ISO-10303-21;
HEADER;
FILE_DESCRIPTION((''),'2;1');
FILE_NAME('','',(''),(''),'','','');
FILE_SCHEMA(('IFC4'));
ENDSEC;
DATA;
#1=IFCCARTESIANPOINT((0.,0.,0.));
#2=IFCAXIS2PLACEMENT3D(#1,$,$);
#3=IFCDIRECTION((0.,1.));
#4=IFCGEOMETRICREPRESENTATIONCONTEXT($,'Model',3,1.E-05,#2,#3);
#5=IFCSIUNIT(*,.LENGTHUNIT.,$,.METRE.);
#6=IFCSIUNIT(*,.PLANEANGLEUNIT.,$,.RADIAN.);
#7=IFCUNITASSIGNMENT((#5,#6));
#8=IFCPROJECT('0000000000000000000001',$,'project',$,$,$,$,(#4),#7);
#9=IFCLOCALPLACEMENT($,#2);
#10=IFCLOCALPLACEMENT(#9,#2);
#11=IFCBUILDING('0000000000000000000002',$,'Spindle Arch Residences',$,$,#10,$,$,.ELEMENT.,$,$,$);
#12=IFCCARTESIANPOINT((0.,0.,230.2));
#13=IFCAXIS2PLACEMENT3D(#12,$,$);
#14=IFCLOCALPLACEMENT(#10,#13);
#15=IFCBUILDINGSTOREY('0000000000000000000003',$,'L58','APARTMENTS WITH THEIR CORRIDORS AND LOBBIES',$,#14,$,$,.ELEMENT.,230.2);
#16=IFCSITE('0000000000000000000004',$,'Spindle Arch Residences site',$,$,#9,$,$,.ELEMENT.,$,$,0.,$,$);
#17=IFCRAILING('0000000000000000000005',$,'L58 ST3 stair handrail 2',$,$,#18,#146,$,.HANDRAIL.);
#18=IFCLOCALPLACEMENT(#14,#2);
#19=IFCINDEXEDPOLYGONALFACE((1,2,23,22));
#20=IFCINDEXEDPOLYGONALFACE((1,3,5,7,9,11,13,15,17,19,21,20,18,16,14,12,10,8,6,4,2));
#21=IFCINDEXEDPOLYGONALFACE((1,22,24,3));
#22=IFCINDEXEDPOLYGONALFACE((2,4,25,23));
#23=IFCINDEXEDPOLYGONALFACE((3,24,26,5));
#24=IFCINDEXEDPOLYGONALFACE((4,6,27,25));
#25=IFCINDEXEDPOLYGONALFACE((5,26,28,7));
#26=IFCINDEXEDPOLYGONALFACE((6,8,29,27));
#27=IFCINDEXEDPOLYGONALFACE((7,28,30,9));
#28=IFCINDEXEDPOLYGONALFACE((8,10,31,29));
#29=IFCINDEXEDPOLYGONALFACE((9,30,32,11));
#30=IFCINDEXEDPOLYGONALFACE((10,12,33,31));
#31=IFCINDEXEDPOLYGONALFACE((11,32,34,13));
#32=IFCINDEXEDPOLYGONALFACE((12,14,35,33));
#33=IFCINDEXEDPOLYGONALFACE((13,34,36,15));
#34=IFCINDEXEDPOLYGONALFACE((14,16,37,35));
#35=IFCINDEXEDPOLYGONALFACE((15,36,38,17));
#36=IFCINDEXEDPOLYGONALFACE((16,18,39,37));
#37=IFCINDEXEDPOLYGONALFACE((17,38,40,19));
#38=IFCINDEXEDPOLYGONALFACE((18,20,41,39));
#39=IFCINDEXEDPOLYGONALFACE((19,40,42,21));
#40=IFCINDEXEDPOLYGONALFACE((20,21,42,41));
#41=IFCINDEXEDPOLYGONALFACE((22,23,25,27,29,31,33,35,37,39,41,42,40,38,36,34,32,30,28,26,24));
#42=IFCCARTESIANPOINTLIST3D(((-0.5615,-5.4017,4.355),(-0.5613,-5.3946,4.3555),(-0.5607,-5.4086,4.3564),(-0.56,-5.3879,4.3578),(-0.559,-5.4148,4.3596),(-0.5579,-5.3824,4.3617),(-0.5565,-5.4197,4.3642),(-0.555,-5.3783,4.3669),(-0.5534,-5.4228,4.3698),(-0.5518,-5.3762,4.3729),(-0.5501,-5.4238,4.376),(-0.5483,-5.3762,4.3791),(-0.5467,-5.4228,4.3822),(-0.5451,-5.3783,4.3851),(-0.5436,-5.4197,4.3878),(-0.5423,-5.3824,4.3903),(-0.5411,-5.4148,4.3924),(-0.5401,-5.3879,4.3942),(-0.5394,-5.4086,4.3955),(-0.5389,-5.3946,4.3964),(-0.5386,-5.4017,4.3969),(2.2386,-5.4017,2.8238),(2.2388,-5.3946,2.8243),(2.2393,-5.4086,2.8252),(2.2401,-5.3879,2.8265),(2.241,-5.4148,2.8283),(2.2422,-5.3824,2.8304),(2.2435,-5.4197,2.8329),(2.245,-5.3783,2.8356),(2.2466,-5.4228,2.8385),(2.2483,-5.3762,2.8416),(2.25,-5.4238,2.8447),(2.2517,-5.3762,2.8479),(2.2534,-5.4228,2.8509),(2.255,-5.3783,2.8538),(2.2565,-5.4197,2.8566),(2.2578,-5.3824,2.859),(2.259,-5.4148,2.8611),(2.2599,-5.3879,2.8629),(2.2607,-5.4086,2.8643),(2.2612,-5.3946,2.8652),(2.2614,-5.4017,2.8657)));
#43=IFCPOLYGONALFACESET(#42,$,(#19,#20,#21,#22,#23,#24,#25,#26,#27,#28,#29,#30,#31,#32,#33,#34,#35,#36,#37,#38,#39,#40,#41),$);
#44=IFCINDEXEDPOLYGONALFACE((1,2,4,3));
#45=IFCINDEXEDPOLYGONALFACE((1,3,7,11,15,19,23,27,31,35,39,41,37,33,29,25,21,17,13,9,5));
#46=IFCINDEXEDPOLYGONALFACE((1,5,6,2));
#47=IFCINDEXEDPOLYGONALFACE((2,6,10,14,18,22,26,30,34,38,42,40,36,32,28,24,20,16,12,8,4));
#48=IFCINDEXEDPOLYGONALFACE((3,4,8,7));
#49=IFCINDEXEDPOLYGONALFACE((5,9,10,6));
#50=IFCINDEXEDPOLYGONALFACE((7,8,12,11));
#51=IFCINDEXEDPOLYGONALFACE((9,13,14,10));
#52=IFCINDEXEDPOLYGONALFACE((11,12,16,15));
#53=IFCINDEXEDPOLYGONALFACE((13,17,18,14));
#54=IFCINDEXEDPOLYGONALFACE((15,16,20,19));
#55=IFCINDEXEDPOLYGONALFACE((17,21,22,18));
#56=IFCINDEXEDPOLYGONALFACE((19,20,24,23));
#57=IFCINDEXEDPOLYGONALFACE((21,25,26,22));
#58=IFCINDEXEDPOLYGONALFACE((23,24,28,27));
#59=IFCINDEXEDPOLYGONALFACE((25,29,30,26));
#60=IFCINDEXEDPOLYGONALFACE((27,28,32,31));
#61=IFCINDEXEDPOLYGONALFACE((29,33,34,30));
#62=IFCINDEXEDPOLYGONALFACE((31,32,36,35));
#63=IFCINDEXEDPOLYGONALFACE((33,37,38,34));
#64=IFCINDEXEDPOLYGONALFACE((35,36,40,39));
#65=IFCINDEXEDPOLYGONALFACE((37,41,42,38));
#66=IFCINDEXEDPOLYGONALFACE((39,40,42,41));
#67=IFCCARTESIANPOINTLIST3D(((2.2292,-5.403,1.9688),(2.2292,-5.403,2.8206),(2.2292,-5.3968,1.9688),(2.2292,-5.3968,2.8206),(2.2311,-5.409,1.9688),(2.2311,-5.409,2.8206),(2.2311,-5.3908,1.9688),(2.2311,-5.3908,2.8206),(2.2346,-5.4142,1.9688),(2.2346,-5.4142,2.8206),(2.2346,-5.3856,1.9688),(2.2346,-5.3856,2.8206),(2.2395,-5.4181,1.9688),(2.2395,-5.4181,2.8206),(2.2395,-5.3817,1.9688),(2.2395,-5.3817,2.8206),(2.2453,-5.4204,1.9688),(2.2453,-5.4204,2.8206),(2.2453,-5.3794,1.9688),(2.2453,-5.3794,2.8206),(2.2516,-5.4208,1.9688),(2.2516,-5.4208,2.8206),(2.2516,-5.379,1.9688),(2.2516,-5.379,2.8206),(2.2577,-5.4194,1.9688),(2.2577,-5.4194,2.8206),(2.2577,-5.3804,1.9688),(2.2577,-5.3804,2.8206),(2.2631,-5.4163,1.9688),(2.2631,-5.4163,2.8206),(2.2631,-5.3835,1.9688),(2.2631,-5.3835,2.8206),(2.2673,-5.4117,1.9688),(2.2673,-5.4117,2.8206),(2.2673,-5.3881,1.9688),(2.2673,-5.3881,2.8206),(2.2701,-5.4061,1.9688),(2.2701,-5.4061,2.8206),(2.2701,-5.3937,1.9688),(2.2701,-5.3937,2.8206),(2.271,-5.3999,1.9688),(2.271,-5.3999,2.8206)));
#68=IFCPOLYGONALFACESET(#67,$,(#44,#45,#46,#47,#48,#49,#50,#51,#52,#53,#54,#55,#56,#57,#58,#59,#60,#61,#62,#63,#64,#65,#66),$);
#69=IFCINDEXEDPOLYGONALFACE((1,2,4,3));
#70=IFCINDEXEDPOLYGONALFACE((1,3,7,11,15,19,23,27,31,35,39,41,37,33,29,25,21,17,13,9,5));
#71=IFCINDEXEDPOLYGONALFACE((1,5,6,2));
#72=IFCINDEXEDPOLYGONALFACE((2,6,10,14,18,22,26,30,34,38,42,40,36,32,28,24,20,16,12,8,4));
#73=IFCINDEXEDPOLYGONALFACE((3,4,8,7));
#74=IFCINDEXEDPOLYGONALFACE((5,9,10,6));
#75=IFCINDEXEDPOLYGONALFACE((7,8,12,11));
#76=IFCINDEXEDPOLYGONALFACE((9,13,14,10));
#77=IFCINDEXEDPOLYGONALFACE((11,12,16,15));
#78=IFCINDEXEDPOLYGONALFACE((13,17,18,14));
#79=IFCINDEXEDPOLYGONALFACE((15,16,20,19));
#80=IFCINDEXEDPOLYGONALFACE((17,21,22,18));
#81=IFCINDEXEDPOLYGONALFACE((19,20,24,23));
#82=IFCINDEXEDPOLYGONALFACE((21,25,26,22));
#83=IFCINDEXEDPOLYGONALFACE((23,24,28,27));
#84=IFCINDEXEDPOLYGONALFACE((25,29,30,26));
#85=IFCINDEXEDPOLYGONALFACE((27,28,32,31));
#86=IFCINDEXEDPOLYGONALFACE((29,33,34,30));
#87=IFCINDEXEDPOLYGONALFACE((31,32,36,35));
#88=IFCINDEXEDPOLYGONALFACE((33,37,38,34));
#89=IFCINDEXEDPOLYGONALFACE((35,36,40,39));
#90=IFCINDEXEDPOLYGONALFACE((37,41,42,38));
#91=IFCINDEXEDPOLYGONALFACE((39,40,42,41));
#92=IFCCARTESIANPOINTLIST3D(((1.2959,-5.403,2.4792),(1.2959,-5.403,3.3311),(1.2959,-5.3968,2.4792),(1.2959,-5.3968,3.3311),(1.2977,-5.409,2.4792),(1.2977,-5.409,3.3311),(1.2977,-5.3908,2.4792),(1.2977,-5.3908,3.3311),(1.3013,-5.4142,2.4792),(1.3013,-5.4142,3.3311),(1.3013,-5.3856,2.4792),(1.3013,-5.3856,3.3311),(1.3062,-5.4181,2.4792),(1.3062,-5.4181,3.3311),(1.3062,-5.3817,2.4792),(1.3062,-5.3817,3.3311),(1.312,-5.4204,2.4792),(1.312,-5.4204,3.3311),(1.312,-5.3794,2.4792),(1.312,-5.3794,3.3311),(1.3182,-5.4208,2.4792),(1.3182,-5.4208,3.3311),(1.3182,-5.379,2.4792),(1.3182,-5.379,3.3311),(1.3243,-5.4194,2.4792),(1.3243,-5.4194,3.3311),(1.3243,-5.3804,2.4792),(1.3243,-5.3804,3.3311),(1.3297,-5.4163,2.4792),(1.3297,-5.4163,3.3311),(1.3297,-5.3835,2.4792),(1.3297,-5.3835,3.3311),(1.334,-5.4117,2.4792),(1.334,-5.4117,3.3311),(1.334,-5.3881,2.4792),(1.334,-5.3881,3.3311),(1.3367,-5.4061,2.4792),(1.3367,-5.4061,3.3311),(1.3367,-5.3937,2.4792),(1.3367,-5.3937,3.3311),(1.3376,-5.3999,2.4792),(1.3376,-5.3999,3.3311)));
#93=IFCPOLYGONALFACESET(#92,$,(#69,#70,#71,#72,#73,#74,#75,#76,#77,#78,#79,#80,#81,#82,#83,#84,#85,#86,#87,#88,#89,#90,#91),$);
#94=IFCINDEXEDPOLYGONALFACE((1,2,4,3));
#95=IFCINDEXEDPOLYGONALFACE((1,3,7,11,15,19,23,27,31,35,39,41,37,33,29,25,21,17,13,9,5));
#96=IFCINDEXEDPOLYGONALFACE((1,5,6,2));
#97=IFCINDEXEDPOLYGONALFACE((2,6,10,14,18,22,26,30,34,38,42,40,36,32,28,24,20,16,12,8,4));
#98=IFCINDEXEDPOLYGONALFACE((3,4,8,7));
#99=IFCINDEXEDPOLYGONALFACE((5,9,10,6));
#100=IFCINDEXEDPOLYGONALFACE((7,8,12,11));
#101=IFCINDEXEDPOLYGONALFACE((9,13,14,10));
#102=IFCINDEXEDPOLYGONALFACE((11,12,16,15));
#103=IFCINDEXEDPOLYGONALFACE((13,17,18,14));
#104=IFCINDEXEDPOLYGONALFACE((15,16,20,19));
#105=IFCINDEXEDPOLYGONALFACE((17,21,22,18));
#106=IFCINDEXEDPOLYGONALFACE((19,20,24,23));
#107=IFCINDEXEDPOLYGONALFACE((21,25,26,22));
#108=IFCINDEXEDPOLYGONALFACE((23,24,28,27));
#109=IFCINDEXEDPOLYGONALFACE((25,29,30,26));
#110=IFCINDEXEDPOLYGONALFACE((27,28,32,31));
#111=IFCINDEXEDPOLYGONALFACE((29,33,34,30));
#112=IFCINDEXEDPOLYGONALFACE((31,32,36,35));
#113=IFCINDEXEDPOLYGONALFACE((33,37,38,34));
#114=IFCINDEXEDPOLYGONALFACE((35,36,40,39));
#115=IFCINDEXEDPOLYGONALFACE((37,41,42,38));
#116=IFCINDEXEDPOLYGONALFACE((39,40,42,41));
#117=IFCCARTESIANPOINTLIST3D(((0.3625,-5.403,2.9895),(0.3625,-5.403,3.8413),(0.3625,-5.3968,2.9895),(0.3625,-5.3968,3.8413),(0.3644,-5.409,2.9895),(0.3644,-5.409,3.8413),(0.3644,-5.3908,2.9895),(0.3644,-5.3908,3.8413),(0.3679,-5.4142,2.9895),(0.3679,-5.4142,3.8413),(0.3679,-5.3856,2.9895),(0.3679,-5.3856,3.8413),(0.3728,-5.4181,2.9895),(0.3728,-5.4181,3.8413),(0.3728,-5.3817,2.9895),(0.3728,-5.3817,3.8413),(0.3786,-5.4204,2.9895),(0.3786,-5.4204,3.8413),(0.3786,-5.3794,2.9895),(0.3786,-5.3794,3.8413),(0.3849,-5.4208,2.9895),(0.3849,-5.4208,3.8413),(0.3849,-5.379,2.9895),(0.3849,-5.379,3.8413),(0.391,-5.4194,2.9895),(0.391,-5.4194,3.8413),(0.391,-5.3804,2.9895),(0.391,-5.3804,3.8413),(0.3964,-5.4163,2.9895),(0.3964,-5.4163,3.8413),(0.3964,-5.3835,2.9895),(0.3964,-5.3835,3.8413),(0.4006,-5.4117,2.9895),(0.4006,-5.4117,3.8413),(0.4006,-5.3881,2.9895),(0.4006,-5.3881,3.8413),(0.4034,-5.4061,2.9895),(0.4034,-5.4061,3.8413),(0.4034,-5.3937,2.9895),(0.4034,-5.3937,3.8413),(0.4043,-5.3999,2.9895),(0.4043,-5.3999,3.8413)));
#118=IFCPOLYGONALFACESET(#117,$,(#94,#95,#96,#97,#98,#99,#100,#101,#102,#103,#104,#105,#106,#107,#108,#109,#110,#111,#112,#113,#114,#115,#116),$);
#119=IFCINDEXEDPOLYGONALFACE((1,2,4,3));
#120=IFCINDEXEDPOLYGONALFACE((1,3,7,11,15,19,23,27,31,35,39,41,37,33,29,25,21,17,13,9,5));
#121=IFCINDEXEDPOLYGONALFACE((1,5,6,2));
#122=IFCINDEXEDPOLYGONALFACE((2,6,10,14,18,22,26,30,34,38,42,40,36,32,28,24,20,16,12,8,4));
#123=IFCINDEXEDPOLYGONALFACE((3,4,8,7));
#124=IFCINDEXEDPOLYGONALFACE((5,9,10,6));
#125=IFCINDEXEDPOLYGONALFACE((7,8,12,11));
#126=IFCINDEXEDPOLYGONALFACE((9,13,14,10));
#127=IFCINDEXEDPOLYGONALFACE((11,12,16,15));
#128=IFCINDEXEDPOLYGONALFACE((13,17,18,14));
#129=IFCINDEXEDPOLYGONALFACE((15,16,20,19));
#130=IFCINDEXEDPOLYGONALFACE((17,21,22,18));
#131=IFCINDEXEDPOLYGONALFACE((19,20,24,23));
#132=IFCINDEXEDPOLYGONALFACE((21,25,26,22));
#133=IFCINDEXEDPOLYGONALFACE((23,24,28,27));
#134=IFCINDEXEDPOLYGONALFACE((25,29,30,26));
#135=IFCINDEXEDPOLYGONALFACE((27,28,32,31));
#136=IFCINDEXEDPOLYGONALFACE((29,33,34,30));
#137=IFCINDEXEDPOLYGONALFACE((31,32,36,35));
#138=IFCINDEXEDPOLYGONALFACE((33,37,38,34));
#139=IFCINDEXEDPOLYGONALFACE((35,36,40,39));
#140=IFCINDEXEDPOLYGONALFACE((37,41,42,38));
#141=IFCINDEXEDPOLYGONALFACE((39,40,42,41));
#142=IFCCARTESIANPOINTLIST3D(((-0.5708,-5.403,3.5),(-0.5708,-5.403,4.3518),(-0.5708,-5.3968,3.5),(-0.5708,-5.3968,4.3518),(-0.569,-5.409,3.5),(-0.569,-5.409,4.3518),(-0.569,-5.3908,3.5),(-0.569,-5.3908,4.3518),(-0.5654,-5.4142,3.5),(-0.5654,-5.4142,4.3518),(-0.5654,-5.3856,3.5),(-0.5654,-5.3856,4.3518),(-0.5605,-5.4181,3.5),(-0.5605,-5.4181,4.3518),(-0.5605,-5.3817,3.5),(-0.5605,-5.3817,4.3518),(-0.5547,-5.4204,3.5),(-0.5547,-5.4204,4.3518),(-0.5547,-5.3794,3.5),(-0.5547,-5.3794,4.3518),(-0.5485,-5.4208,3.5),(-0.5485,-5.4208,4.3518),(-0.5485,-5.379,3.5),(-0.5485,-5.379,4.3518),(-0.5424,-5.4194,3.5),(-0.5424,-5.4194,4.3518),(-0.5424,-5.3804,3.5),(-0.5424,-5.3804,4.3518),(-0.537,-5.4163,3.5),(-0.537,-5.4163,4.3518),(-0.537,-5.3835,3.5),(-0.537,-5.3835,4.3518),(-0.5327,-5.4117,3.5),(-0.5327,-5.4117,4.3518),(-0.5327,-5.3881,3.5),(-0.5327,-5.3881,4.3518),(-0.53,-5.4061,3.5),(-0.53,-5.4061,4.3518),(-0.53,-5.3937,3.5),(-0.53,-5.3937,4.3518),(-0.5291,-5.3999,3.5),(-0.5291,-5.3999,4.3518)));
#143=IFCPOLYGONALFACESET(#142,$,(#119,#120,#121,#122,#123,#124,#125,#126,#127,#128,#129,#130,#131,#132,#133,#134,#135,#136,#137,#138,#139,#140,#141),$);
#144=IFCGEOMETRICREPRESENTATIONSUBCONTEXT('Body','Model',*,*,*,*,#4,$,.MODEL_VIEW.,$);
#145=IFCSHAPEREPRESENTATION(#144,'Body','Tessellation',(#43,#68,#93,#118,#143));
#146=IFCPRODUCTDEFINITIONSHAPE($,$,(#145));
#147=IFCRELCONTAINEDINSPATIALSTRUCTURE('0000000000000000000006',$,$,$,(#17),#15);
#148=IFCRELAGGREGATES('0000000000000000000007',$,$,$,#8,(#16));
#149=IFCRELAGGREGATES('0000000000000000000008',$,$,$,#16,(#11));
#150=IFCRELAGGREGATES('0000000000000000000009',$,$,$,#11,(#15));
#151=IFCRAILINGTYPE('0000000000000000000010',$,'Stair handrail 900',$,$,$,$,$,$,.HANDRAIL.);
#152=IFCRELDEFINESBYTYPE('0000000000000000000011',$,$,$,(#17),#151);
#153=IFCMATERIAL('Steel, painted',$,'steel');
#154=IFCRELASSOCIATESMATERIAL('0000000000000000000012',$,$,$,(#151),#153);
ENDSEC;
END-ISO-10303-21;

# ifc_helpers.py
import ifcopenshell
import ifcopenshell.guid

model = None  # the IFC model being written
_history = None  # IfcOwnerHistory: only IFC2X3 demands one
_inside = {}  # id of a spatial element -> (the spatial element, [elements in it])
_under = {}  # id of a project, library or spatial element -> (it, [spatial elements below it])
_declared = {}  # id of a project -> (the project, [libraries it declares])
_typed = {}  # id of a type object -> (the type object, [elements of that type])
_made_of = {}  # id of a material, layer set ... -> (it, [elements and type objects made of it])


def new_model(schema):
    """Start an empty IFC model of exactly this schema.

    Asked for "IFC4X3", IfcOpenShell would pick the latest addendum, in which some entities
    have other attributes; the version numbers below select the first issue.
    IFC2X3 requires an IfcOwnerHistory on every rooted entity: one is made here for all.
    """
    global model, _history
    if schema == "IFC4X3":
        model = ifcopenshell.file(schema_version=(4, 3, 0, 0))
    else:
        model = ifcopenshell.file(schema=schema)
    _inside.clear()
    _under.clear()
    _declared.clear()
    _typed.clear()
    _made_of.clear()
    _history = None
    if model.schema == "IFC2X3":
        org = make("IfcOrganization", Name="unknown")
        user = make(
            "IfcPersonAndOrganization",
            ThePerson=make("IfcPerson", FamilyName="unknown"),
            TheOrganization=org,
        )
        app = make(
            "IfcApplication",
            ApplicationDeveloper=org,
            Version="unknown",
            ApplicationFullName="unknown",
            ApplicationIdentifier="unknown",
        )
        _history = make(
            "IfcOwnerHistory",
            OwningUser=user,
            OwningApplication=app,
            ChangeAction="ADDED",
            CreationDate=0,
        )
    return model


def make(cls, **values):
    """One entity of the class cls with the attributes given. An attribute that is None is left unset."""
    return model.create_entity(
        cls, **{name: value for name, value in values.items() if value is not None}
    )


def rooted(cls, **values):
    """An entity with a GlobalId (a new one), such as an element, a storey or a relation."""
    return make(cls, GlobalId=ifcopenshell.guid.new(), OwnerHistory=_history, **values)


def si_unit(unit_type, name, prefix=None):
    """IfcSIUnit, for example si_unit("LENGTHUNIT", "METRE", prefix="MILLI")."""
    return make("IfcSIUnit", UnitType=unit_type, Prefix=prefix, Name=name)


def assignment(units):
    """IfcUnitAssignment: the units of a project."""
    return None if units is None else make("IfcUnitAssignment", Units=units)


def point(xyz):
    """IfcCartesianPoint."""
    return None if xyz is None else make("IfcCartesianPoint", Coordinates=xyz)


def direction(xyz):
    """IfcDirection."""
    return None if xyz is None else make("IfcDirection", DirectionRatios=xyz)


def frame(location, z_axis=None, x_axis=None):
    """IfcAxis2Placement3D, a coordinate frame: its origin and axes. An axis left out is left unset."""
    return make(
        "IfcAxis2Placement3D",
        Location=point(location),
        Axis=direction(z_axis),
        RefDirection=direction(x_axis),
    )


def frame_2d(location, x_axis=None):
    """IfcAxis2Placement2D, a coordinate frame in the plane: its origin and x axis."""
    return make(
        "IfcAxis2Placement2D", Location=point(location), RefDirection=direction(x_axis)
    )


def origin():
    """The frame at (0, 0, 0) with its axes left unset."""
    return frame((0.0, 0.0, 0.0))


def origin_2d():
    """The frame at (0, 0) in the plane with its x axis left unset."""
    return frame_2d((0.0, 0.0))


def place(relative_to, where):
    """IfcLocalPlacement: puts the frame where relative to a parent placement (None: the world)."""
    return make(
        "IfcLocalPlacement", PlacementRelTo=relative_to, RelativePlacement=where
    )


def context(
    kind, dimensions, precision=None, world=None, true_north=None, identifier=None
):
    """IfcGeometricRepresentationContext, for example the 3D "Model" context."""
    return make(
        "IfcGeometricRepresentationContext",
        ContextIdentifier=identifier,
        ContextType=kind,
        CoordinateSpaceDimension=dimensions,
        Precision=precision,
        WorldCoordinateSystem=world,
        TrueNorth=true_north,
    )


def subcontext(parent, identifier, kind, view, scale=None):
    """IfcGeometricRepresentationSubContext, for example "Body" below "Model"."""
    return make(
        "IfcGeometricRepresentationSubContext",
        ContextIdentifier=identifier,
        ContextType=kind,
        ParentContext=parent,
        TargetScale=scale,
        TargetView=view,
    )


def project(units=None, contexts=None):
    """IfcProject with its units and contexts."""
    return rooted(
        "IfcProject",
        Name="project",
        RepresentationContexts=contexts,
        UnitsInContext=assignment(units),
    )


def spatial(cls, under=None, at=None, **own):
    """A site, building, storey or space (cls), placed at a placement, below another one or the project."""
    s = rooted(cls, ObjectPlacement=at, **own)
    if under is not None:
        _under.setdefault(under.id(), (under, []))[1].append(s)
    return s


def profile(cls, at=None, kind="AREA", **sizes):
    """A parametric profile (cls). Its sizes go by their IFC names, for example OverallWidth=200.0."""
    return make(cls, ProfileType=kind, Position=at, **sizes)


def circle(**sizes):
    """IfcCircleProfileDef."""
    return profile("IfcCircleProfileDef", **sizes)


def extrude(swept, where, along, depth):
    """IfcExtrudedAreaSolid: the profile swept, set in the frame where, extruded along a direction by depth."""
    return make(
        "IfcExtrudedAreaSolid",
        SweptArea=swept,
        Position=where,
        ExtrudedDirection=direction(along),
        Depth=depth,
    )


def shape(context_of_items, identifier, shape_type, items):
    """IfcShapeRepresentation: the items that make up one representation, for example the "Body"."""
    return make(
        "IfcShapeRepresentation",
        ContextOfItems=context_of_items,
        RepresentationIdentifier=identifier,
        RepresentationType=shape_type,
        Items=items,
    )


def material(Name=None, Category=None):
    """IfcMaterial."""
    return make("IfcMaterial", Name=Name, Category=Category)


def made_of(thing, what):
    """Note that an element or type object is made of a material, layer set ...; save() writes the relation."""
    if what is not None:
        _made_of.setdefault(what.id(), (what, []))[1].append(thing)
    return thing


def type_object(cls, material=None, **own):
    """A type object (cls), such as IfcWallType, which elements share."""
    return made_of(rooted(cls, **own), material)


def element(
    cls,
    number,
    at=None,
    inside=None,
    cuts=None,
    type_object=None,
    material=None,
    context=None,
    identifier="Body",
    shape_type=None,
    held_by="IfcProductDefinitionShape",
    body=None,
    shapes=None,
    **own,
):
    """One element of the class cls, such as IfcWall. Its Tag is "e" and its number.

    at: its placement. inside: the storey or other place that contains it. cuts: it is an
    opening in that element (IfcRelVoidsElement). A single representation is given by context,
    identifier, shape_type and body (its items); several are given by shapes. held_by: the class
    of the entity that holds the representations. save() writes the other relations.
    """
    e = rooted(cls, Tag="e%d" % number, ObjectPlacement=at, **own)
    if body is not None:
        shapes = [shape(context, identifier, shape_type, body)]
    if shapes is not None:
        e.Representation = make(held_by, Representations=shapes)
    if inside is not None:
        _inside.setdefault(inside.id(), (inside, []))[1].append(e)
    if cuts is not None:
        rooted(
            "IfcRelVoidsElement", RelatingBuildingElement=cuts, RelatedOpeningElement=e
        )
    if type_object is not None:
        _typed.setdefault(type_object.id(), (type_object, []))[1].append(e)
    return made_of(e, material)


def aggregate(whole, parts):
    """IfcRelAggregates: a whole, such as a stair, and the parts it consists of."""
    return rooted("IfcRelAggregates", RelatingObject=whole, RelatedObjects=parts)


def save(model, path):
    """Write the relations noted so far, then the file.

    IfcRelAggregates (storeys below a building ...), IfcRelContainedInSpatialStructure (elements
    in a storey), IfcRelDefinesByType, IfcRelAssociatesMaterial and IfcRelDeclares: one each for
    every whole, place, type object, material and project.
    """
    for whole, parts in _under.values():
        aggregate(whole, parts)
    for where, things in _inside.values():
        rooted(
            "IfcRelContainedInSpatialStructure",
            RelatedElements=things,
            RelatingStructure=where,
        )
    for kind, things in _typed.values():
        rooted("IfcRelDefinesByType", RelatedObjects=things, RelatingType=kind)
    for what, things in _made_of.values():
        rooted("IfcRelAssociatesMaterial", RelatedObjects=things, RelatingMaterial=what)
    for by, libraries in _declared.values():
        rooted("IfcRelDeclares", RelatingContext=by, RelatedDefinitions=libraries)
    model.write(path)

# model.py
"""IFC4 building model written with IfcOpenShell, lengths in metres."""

from ifc_helpers import new_model, si_unit, direction, frame, origin, origin_2d, place, context, subcontext, project, spatial, circle, extrude, material, type_object, element, save


model = new_model("IFC4")

# Units and contexts
model_context = context("Model", 3, precision=1e-05, world=origin(), true_north=direction((0.0, 1.0)))
body_context = subcontext(model_context, "Body", "Model", "MODEL_VIEW")
ifc_project = project(units=[si_unit("LENGTHUNIT", "METRE"), si_unit("PLANEANGLEUNIT", "RADIAN")], contexts=[model_context])

# Site, building, storey
site_placement = place(None, origin())
site = spatial("IfcSite", under=ifc_project, at=site_placement, Name="Spindle Arch Residences site", CompositionType="ELEMENT", RefElevation=0.0)
building_placement = place(site_placement, origin())
building = spatial("IfcBuilding", under=site, at=building_placement, Name="Spindle Arch Residences", CompositionType="ELEMENT")
storey_placement = place(building_placement, frame((0.0, 0.0, 230.2)))
storey = spatial("IfcBuildingStorey", under=building, at=storey_placement, Name="L58", Description="APARTMENTS WITH THEIR CORRIDORS AND LOBBIES", CompositionType="ELEMENT", Elevation=230.2)

# Railing
ifc_material_1 = material(Name="Steel, painted", Category="steel")
railing_type_1 = type_object("IfcRailingType", Name="Stair handrail 900", PredefinedType="HANDRAIL", material=ifc_material_1)
railing_1_placement = place(storey_placement, frame((2.25, -5.3999, 1.9688)))
element("IfcRailing", 1, at=railing_1_placement, inside=storey, type_object=railing_type_1, Name="L58 ST3 stair handrail 2", PredefinedType="HANDRAIL", context=body_context, shape_type="SweptSolid", body=[
    extrude(circle(Radius=0.0239, at=origin_2d()), frame((0.0, 0.0, 0.876), z_axis=(-0.877375, 0.0, 0.479806), x_axis=(0.0, -1.0, 0.0)), (0.0, 0.0, 1.0), 3.1914),
    extrude(circle(Radius=0.021, at=origin_2d()), origin(), (0.0, 0.0, 1.0), 0.8518),
    extrude(circle(Radius=0.021, at=origin_2d()), frame((-0.9333, 0.0, 0.5105)), (0.0, 0.0, 1.0), 0.8518),
    extrude(circle(Radius=0.021, at=origin_2d()), frame((-1.8667, 0.0, 1.0208)), (0.0, 0.0, 1.0), 0.8518),
    extrude(circle(Radius=0.021, at=origin_2d()), frame((-2.8, 0.0, 1.5312)), (0.0, 0.0, 1.0), 0.8518),
])

save(model, "model.ifc")
